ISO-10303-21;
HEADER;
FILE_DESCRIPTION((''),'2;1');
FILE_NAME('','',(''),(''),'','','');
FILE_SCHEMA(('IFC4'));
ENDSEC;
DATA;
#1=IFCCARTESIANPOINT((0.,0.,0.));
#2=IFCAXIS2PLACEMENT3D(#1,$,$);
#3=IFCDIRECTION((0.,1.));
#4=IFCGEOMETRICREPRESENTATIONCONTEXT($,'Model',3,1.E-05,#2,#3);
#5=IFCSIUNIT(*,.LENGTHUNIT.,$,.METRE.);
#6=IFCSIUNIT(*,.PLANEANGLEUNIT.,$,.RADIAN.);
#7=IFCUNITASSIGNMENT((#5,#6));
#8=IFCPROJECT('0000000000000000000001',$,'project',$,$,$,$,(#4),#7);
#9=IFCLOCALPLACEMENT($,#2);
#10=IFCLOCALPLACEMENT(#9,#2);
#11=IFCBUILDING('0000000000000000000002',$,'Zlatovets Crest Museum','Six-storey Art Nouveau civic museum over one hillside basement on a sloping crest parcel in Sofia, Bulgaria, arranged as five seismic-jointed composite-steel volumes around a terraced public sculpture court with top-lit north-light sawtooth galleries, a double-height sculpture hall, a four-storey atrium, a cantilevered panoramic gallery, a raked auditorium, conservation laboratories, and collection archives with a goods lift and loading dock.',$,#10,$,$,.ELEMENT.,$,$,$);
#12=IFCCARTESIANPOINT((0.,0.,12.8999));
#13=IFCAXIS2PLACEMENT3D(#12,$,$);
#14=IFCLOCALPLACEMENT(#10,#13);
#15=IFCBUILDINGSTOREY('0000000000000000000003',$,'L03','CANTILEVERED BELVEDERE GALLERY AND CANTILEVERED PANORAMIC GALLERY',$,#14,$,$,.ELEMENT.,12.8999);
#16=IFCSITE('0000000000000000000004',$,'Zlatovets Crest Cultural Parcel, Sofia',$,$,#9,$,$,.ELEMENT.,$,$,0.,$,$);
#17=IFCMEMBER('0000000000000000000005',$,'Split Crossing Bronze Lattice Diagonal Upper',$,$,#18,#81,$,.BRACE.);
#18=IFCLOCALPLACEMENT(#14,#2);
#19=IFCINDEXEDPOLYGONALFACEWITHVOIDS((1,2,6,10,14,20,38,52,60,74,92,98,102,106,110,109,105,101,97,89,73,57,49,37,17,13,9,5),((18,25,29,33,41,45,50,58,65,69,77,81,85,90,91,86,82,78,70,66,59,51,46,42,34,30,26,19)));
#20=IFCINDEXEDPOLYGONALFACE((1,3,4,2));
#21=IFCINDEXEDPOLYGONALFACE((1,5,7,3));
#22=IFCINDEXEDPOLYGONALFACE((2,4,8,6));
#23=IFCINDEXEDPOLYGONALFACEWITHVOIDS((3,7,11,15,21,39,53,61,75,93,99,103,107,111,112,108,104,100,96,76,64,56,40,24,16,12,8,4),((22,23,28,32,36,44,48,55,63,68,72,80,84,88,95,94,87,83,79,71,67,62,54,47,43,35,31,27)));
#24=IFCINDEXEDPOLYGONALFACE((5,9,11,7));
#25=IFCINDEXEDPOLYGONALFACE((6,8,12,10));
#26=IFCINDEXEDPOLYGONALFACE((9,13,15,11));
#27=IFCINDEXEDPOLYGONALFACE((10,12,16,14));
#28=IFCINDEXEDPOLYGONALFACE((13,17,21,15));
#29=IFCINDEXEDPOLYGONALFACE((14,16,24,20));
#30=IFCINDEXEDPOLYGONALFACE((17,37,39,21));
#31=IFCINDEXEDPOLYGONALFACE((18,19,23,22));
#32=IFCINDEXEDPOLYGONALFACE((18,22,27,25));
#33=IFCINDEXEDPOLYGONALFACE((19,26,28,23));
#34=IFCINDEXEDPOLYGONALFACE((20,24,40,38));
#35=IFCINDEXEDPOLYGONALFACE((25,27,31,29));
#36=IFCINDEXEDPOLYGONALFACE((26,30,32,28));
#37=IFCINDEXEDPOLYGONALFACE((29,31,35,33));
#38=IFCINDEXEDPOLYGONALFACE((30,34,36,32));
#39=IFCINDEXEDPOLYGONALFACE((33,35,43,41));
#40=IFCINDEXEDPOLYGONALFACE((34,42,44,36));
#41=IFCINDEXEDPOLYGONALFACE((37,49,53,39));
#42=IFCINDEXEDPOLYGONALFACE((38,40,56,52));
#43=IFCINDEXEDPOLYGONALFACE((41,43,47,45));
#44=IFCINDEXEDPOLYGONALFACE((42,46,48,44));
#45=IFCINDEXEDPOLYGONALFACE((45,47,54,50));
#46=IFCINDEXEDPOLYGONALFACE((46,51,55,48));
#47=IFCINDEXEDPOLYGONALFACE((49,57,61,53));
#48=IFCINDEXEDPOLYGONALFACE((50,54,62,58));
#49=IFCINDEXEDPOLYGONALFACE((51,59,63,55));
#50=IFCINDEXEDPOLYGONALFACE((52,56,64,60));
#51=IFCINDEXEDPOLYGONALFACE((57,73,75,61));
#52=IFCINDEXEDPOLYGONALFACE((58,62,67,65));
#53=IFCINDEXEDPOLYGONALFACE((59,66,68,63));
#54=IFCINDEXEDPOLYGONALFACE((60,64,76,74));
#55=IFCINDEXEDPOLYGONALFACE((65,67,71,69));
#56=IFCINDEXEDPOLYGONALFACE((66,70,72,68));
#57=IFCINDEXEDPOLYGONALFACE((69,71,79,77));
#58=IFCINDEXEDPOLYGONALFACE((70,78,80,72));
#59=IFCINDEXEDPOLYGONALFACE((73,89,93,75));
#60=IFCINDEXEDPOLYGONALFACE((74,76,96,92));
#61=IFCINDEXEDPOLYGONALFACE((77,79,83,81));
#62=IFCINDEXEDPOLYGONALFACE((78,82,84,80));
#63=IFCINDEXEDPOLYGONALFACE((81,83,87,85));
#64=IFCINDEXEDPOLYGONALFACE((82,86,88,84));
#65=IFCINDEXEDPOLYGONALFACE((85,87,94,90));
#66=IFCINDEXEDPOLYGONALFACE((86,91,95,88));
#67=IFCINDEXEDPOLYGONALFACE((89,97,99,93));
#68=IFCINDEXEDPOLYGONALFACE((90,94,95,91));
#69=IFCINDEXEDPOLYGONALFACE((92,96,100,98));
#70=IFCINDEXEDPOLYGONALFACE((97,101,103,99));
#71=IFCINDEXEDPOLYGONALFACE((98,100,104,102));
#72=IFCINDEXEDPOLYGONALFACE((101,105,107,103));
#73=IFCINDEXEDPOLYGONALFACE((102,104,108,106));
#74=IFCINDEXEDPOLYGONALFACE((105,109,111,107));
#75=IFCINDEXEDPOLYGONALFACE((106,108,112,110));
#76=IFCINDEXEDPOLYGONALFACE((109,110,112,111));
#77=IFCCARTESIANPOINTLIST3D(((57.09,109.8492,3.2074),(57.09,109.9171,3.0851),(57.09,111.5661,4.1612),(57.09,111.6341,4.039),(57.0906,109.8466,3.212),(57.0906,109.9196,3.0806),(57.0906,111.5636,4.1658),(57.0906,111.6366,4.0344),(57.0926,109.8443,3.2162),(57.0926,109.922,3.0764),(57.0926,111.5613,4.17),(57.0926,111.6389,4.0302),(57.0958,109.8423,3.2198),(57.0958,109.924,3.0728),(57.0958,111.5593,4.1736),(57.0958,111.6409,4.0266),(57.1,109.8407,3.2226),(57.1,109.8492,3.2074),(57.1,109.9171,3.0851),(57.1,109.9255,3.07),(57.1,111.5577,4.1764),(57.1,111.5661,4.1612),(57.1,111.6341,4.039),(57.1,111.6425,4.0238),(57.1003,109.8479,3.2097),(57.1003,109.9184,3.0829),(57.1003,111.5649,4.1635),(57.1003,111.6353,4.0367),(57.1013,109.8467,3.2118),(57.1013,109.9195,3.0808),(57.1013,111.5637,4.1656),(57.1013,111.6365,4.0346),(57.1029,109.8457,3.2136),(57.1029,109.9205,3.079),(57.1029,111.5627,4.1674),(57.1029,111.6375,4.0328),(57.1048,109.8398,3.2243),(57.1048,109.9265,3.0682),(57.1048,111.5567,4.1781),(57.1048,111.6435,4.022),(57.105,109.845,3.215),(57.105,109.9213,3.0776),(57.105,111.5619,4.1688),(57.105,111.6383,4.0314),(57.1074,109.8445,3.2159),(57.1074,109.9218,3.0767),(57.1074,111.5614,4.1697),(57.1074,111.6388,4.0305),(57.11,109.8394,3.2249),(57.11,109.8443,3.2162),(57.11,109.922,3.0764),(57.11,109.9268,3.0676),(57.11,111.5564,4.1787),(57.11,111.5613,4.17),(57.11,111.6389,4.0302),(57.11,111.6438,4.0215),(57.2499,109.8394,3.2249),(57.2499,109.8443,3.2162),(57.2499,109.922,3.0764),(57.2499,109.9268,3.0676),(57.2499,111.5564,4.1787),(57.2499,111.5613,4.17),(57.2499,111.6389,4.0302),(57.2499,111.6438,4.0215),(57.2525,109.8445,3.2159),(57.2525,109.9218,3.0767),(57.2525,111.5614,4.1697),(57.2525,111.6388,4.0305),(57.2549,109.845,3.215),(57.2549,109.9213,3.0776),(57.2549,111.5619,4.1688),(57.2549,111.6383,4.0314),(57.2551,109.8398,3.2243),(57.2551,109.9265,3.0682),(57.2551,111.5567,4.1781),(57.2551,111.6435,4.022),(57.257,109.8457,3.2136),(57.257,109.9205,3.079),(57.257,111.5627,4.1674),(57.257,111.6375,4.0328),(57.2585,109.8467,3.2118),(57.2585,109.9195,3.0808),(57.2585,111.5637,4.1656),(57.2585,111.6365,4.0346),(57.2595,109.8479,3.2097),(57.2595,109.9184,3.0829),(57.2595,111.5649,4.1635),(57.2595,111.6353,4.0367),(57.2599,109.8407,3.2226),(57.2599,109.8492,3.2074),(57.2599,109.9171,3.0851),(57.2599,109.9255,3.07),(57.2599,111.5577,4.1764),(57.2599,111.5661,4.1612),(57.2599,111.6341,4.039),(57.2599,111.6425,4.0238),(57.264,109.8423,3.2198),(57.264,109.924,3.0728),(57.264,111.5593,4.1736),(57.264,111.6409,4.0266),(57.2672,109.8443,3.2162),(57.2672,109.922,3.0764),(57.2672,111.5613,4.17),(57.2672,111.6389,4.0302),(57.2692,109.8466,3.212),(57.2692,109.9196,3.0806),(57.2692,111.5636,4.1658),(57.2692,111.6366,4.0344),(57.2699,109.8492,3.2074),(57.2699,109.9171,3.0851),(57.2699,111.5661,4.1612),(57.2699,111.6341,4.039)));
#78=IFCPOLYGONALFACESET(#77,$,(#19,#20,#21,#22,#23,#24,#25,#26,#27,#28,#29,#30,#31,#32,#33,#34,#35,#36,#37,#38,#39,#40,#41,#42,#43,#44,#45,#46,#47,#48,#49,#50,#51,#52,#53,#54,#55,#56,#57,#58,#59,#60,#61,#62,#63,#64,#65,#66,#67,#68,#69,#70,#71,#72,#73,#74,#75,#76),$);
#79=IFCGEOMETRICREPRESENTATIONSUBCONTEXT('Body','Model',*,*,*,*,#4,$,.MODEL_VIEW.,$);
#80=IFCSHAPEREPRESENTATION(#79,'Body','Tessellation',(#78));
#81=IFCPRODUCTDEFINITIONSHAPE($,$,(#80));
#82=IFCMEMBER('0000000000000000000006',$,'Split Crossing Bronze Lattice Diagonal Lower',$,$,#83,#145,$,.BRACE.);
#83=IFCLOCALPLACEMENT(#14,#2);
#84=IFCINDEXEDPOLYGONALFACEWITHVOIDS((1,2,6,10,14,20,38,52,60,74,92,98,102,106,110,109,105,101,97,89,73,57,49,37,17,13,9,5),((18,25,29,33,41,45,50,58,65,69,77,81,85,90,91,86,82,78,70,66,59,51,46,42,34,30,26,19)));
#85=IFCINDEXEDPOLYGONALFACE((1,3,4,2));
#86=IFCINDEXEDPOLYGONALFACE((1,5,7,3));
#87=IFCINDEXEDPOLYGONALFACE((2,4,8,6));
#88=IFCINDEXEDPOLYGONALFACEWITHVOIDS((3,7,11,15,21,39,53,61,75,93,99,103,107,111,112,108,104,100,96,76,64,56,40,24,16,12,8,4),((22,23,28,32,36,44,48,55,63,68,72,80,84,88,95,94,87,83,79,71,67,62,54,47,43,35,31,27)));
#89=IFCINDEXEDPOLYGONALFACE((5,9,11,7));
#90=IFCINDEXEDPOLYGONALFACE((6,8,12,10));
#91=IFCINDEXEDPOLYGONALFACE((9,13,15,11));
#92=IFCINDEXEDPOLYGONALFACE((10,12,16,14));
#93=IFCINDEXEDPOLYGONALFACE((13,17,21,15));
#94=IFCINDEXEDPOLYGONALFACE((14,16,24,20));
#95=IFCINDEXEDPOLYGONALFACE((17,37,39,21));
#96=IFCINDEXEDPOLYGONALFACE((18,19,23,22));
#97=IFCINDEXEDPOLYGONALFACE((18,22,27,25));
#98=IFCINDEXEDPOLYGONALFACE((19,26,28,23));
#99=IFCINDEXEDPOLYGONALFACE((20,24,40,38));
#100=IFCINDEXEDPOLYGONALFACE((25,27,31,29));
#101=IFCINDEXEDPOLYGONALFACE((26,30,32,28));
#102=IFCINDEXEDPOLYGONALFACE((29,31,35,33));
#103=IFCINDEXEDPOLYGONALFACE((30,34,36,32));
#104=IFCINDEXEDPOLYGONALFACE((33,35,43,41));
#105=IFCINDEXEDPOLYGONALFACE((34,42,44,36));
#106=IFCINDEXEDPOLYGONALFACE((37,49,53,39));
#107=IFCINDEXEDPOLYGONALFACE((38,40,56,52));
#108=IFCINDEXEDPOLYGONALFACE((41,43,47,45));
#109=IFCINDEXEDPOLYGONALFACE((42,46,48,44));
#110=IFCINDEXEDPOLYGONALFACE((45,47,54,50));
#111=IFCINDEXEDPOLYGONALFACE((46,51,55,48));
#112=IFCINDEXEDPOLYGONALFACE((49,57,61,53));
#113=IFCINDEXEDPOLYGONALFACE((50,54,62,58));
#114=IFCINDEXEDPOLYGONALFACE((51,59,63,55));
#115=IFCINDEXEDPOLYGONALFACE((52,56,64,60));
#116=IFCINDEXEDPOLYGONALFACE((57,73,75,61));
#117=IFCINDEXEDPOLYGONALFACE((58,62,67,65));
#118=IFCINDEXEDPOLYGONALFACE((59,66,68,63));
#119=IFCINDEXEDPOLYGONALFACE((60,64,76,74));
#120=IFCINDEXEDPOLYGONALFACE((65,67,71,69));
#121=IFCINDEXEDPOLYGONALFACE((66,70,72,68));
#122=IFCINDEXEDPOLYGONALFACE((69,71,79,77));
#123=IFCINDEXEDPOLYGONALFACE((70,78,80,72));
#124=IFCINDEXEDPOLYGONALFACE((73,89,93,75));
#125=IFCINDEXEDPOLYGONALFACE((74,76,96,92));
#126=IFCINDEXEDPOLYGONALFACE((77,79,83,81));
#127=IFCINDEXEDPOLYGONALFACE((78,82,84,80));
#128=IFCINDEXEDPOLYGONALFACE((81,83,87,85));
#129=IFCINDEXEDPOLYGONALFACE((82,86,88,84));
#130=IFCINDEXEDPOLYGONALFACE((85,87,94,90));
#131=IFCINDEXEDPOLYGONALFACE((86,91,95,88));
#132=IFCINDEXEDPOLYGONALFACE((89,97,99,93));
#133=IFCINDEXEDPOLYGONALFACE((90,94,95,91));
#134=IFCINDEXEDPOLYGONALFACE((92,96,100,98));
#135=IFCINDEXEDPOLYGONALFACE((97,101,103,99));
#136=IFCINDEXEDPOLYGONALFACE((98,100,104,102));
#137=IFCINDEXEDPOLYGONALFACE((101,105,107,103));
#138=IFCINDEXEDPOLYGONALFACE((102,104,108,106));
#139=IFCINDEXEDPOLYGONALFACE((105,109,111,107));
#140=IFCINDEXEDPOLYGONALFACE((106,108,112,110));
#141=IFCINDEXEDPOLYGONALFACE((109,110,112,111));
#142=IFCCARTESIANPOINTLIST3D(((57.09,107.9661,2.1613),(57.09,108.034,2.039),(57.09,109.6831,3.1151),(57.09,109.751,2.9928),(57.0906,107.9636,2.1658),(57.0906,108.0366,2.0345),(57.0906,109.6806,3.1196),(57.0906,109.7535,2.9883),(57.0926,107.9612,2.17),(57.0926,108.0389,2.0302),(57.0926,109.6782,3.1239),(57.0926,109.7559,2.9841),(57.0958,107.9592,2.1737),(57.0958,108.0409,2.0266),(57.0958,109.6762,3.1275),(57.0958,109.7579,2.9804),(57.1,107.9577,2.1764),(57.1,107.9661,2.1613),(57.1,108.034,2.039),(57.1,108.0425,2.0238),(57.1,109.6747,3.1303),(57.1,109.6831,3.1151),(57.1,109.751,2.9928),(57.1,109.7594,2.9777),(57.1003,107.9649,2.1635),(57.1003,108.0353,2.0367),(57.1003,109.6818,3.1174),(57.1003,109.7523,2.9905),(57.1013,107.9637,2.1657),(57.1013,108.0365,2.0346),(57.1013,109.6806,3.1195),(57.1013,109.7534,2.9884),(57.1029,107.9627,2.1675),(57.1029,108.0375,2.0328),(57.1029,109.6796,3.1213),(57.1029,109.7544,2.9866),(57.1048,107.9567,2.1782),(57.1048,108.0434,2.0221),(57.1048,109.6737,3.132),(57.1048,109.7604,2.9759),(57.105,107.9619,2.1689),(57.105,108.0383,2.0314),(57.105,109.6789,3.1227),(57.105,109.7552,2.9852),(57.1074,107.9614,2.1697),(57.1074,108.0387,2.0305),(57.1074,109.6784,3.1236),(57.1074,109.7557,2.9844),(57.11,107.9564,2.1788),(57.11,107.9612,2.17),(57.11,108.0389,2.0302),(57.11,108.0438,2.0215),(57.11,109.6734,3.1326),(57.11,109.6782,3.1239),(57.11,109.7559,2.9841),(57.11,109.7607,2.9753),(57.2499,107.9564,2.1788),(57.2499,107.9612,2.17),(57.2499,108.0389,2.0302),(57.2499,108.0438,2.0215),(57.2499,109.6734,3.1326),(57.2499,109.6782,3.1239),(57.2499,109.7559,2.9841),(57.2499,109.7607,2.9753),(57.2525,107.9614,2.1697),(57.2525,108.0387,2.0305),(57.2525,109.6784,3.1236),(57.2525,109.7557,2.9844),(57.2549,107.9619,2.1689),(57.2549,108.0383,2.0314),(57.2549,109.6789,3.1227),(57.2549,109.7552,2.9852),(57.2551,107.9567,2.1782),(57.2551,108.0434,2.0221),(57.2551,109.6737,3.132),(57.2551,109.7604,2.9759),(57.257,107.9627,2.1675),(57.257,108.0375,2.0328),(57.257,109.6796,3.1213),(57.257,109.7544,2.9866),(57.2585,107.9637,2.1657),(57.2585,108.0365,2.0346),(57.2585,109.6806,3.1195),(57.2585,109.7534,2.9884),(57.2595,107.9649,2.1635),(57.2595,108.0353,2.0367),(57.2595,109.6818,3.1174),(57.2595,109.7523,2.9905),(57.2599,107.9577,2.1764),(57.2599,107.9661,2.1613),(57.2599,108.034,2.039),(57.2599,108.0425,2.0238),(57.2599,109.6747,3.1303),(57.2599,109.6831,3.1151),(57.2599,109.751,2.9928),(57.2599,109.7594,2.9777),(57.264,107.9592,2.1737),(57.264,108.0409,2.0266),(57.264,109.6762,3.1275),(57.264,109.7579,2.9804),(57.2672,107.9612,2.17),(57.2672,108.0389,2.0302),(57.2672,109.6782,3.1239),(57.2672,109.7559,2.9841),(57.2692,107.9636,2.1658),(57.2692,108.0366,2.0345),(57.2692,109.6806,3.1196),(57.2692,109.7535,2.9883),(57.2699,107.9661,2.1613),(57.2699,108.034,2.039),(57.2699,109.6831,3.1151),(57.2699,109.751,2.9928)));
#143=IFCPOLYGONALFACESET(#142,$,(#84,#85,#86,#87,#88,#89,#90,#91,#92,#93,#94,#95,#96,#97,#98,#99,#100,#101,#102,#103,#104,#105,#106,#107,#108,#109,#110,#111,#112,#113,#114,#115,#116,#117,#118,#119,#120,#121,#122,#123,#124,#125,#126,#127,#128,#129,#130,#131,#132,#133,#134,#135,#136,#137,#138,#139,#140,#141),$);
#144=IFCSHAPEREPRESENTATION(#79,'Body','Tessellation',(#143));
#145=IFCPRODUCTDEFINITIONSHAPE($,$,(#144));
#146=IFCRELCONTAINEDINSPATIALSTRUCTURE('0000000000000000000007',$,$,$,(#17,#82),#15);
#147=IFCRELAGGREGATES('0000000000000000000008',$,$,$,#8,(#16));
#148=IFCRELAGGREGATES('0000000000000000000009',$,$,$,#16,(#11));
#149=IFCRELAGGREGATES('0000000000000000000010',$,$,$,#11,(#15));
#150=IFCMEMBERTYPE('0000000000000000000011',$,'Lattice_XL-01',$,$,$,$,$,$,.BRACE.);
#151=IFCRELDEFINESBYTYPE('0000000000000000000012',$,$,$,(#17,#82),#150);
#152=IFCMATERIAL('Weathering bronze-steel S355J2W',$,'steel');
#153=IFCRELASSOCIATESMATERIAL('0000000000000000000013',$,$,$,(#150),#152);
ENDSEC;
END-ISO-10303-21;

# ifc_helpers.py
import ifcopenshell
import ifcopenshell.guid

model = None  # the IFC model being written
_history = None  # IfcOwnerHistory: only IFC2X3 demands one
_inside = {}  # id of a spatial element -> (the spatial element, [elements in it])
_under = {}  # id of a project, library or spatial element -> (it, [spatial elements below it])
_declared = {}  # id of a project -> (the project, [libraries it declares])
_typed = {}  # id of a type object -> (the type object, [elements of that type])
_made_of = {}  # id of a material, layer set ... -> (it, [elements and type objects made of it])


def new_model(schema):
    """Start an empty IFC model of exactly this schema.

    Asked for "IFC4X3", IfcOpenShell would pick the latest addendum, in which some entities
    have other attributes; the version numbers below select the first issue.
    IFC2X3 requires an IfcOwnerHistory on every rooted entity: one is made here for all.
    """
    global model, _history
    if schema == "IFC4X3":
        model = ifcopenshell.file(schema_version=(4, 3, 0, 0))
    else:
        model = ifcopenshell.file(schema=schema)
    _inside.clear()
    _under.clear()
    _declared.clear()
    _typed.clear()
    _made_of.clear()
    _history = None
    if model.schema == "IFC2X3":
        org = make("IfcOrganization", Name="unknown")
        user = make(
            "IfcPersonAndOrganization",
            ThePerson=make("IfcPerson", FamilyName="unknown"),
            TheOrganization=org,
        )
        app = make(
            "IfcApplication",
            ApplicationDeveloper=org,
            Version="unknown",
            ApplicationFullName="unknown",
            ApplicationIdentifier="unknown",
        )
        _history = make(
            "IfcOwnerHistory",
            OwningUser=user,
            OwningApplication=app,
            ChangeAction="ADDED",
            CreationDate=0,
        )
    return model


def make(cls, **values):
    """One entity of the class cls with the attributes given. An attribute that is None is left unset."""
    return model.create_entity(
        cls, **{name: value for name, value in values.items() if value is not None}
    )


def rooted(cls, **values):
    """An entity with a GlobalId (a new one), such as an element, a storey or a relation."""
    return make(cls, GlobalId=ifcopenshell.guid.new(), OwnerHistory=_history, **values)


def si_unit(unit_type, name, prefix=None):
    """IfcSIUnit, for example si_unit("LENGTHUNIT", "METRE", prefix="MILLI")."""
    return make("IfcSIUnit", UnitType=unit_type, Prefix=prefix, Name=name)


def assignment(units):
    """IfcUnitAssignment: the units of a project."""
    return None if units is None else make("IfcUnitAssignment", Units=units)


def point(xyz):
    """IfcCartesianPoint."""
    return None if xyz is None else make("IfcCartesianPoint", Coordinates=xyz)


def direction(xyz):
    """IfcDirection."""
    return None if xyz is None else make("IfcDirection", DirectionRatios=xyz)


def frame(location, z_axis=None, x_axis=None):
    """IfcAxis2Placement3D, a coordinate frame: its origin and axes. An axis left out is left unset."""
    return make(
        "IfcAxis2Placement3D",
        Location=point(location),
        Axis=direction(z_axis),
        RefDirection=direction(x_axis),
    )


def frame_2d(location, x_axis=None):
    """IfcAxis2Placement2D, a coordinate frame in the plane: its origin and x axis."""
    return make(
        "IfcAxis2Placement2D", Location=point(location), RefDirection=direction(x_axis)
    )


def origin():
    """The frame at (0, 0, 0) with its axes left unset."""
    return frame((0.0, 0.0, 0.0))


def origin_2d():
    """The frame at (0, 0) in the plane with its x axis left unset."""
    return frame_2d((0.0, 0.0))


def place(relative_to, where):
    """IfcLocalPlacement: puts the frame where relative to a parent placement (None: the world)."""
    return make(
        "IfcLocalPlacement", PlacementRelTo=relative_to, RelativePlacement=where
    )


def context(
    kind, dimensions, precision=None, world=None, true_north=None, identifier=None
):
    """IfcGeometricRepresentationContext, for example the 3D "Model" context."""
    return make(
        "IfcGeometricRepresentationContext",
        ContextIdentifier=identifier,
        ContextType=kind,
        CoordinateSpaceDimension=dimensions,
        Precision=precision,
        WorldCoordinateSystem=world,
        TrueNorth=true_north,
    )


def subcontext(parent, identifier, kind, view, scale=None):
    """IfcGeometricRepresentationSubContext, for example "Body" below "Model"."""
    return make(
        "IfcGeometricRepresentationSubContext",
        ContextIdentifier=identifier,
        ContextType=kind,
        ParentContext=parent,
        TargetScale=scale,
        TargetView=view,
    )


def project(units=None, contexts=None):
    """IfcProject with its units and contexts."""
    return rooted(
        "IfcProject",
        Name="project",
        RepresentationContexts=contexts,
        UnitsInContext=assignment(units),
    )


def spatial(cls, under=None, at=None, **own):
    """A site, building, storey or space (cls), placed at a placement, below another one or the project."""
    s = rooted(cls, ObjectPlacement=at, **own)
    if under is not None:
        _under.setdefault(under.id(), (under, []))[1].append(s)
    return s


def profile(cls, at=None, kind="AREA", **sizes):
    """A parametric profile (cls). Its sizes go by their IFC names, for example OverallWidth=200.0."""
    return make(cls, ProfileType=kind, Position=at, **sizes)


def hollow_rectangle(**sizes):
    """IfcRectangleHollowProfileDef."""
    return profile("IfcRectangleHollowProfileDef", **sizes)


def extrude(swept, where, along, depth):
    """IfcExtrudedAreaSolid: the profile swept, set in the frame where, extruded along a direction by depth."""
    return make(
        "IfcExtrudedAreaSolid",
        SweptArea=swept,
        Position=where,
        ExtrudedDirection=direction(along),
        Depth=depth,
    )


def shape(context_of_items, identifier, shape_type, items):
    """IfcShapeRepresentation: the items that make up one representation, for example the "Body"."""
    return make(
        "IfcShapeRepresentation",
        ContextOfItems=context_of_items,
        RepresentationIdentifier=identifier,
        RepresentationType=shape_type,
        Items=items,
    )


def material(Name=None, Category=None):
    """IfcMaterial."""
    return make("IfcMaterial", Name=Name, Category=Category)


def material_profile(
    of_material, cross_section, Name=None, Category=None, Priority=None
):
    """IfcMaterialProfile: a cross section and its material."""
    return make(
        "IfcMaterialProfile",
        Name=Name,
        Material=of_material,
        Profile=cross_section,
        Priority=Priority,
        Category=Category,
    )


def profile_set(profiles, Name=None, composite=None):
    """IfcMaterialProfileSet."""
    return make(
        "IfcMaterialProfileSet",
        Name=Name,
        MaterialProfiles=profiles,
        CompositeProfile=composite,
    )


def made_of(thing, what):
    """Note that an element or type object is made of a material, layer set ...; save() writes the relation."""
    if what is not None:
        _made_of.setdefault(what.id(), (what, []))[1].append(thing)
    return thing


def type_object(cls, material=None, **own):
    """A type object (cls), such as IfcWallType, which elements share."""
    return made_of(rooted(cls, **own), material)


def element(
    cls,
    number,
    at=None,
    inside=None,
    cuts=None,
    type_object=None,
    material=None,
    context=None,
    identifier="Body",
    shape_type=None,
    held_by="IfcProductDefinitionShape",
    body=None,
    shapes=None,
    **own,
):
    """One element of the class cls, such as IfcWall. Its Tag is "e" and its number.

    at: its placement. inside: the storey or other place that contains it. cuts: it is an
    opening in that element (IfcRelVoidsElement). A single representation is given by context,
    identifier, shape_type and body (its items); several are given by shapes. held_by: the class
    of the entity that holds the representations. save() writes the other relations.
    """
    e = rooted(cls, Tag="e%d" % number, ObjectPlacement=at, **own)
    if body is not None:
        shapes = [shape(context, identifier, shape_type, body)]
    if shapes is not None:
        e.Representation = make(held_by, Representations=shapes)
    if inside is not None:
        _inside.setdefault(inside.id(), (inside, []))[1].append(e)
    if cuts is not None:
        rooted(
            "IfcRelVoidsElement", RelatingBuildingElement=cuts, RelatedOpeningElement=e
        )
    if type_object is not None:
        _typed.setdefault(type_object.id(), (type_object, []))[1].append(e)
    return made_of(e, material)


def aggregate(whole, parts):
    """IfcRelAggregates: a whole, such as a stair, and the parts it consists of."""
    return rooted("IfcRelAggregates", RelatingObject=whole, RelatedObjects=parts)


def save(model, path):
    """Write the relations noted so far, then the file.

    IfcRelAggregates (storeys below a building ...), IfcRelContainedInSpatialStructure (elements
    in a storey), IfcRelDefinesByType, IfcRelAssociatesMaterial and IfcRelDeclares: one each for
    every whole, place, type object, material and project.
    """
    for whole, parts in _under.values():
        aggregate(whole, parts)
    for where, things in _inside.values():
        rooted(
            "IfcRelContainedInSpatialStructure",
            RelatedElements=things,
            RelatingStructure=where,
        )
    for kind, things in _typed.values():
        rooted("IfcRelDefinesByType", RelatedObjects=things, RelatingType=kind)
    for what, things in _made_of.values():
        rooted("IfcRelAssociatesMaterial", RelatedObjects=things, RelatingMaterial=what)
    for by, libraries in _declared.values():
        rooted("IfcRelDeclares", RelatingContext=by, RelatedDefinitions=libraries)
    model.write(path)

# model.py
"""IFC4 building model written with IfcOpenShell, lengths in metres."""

from ifc_helpers import new_model, si_unit, direction, frame, origin, origin_2d, place, context, subcontext, project, spatial, hollow_rectangle, extrude, material, material_profile, profile_set, type_object, element, save


model = new_model("IFC4")

# Units and contexts
model_context = context("Model", 3, precision=1e-05, world=origin(), true_north=direction((0.0, 1.0)))
body_context = subcontext(model_context, "Body", "Model", "MODEL_VIEW")
ifc_project = project(units=[si_unit("LENGTHUNIT", "METRE"), si_unit("PLANEANGLEUNIT", "RADIAN")], contexts=[model_context])

# Site, building, storey
site_placement = place(None, origin())
site = spatial("IfcSite", under=ifc_project, at=site_placement, Name="Zlatovets Crest Cultural Parcel, Sofia", CompositionType="ELEMENT", RefElevation=0.0)
building_placement = place(site_placement, origin())
building = spatial("IfcBuilding", under=site, at=building_placement, Name="Zlatovets Crest Museum", Description="Six-storey Art Nouveau civic museum over one hillside basement on a sloping crest parcel in Sofia, Bulgaria, arranged as five seismic-jointed composite-steel volumes around a terraced public sculpture court with top-lit north-light sawtooth galleries, a double-height sculpture hall, a four-storey atrium, a cantilevered panoramic gallery, a raked auditorium, conservation laboratories, and collection archives with a goods lift and loading dock.", CompositionType="ELEMENT")
storey_placement = place(building_placement, frame((0.0, 0.0, 12.8999)))
storey = spatial("IfcBuildingStorey", under=building, at=storey_placement, Name="L03", Description="CANTILEVERED BELVEDERE GALLERY AND CANTILEVERED PANORAMIC GALLERY", CompositionType="ELEMENT", Elevation=12.8999)

# Members
ifc_material_1 = material(Name="Weathering bronze-steel S355J2W", Category="steel")
ifc_material_profile_1 = material_profile(ifc_material_1, hollow_rectangle(XDim=0.1799, YDim=0.1799, WallThickness=0.01, InnerFilletRadius=0.01, OuterFilletRadius=0.02, at=origin_2d()), Name="SHS 180x180x10.0")
ifc_profile_set_1 = profile_set([ifc_material_profile_1], Name="Weathering bronze-steel S355J2W")
member_type_1 = type_object("IfcMemberType", Name="Lattice_XL-01", PredefinedType="BRACE", material=ifc_profile_set_1)
for number, where, z_axis, x_axis, name in (
    (1, (57.1799, 111.6001, 4.1001), (0.0, -0.874169, -0.485622), (1.0, 0.0, 0.0), "Split Crossing Bronze Lattice Diagonal Upper"),
    (2, (57.1799, 109.717, 3.054), (0.0, -0.874169, -0.485622), (1.0, 0.0, 0.0), "Split Crossing Bronze Lattice Diagonal Lower"),
):
    element("IfcMember", number, at=place(storey_placement, frame(where, z_axis=z_axis, x_axis=x_axis)), inside=storey, type_object=member_type_1, Name=name, PredefinedType="BRACE", context=body_context, shape_type="SweptSolid", body=[
        extrude(hollow_rectangle(XDim=0.1799, YDim=0.1799, WallThickness=0.01, InnerFilletRadius=0.01, OuterFilletRadius=0.02, at=origin_2d()), origin(), (0.0, 0.0, 1.0), 1.9641),
    ])

save(model, "model.ifc")
